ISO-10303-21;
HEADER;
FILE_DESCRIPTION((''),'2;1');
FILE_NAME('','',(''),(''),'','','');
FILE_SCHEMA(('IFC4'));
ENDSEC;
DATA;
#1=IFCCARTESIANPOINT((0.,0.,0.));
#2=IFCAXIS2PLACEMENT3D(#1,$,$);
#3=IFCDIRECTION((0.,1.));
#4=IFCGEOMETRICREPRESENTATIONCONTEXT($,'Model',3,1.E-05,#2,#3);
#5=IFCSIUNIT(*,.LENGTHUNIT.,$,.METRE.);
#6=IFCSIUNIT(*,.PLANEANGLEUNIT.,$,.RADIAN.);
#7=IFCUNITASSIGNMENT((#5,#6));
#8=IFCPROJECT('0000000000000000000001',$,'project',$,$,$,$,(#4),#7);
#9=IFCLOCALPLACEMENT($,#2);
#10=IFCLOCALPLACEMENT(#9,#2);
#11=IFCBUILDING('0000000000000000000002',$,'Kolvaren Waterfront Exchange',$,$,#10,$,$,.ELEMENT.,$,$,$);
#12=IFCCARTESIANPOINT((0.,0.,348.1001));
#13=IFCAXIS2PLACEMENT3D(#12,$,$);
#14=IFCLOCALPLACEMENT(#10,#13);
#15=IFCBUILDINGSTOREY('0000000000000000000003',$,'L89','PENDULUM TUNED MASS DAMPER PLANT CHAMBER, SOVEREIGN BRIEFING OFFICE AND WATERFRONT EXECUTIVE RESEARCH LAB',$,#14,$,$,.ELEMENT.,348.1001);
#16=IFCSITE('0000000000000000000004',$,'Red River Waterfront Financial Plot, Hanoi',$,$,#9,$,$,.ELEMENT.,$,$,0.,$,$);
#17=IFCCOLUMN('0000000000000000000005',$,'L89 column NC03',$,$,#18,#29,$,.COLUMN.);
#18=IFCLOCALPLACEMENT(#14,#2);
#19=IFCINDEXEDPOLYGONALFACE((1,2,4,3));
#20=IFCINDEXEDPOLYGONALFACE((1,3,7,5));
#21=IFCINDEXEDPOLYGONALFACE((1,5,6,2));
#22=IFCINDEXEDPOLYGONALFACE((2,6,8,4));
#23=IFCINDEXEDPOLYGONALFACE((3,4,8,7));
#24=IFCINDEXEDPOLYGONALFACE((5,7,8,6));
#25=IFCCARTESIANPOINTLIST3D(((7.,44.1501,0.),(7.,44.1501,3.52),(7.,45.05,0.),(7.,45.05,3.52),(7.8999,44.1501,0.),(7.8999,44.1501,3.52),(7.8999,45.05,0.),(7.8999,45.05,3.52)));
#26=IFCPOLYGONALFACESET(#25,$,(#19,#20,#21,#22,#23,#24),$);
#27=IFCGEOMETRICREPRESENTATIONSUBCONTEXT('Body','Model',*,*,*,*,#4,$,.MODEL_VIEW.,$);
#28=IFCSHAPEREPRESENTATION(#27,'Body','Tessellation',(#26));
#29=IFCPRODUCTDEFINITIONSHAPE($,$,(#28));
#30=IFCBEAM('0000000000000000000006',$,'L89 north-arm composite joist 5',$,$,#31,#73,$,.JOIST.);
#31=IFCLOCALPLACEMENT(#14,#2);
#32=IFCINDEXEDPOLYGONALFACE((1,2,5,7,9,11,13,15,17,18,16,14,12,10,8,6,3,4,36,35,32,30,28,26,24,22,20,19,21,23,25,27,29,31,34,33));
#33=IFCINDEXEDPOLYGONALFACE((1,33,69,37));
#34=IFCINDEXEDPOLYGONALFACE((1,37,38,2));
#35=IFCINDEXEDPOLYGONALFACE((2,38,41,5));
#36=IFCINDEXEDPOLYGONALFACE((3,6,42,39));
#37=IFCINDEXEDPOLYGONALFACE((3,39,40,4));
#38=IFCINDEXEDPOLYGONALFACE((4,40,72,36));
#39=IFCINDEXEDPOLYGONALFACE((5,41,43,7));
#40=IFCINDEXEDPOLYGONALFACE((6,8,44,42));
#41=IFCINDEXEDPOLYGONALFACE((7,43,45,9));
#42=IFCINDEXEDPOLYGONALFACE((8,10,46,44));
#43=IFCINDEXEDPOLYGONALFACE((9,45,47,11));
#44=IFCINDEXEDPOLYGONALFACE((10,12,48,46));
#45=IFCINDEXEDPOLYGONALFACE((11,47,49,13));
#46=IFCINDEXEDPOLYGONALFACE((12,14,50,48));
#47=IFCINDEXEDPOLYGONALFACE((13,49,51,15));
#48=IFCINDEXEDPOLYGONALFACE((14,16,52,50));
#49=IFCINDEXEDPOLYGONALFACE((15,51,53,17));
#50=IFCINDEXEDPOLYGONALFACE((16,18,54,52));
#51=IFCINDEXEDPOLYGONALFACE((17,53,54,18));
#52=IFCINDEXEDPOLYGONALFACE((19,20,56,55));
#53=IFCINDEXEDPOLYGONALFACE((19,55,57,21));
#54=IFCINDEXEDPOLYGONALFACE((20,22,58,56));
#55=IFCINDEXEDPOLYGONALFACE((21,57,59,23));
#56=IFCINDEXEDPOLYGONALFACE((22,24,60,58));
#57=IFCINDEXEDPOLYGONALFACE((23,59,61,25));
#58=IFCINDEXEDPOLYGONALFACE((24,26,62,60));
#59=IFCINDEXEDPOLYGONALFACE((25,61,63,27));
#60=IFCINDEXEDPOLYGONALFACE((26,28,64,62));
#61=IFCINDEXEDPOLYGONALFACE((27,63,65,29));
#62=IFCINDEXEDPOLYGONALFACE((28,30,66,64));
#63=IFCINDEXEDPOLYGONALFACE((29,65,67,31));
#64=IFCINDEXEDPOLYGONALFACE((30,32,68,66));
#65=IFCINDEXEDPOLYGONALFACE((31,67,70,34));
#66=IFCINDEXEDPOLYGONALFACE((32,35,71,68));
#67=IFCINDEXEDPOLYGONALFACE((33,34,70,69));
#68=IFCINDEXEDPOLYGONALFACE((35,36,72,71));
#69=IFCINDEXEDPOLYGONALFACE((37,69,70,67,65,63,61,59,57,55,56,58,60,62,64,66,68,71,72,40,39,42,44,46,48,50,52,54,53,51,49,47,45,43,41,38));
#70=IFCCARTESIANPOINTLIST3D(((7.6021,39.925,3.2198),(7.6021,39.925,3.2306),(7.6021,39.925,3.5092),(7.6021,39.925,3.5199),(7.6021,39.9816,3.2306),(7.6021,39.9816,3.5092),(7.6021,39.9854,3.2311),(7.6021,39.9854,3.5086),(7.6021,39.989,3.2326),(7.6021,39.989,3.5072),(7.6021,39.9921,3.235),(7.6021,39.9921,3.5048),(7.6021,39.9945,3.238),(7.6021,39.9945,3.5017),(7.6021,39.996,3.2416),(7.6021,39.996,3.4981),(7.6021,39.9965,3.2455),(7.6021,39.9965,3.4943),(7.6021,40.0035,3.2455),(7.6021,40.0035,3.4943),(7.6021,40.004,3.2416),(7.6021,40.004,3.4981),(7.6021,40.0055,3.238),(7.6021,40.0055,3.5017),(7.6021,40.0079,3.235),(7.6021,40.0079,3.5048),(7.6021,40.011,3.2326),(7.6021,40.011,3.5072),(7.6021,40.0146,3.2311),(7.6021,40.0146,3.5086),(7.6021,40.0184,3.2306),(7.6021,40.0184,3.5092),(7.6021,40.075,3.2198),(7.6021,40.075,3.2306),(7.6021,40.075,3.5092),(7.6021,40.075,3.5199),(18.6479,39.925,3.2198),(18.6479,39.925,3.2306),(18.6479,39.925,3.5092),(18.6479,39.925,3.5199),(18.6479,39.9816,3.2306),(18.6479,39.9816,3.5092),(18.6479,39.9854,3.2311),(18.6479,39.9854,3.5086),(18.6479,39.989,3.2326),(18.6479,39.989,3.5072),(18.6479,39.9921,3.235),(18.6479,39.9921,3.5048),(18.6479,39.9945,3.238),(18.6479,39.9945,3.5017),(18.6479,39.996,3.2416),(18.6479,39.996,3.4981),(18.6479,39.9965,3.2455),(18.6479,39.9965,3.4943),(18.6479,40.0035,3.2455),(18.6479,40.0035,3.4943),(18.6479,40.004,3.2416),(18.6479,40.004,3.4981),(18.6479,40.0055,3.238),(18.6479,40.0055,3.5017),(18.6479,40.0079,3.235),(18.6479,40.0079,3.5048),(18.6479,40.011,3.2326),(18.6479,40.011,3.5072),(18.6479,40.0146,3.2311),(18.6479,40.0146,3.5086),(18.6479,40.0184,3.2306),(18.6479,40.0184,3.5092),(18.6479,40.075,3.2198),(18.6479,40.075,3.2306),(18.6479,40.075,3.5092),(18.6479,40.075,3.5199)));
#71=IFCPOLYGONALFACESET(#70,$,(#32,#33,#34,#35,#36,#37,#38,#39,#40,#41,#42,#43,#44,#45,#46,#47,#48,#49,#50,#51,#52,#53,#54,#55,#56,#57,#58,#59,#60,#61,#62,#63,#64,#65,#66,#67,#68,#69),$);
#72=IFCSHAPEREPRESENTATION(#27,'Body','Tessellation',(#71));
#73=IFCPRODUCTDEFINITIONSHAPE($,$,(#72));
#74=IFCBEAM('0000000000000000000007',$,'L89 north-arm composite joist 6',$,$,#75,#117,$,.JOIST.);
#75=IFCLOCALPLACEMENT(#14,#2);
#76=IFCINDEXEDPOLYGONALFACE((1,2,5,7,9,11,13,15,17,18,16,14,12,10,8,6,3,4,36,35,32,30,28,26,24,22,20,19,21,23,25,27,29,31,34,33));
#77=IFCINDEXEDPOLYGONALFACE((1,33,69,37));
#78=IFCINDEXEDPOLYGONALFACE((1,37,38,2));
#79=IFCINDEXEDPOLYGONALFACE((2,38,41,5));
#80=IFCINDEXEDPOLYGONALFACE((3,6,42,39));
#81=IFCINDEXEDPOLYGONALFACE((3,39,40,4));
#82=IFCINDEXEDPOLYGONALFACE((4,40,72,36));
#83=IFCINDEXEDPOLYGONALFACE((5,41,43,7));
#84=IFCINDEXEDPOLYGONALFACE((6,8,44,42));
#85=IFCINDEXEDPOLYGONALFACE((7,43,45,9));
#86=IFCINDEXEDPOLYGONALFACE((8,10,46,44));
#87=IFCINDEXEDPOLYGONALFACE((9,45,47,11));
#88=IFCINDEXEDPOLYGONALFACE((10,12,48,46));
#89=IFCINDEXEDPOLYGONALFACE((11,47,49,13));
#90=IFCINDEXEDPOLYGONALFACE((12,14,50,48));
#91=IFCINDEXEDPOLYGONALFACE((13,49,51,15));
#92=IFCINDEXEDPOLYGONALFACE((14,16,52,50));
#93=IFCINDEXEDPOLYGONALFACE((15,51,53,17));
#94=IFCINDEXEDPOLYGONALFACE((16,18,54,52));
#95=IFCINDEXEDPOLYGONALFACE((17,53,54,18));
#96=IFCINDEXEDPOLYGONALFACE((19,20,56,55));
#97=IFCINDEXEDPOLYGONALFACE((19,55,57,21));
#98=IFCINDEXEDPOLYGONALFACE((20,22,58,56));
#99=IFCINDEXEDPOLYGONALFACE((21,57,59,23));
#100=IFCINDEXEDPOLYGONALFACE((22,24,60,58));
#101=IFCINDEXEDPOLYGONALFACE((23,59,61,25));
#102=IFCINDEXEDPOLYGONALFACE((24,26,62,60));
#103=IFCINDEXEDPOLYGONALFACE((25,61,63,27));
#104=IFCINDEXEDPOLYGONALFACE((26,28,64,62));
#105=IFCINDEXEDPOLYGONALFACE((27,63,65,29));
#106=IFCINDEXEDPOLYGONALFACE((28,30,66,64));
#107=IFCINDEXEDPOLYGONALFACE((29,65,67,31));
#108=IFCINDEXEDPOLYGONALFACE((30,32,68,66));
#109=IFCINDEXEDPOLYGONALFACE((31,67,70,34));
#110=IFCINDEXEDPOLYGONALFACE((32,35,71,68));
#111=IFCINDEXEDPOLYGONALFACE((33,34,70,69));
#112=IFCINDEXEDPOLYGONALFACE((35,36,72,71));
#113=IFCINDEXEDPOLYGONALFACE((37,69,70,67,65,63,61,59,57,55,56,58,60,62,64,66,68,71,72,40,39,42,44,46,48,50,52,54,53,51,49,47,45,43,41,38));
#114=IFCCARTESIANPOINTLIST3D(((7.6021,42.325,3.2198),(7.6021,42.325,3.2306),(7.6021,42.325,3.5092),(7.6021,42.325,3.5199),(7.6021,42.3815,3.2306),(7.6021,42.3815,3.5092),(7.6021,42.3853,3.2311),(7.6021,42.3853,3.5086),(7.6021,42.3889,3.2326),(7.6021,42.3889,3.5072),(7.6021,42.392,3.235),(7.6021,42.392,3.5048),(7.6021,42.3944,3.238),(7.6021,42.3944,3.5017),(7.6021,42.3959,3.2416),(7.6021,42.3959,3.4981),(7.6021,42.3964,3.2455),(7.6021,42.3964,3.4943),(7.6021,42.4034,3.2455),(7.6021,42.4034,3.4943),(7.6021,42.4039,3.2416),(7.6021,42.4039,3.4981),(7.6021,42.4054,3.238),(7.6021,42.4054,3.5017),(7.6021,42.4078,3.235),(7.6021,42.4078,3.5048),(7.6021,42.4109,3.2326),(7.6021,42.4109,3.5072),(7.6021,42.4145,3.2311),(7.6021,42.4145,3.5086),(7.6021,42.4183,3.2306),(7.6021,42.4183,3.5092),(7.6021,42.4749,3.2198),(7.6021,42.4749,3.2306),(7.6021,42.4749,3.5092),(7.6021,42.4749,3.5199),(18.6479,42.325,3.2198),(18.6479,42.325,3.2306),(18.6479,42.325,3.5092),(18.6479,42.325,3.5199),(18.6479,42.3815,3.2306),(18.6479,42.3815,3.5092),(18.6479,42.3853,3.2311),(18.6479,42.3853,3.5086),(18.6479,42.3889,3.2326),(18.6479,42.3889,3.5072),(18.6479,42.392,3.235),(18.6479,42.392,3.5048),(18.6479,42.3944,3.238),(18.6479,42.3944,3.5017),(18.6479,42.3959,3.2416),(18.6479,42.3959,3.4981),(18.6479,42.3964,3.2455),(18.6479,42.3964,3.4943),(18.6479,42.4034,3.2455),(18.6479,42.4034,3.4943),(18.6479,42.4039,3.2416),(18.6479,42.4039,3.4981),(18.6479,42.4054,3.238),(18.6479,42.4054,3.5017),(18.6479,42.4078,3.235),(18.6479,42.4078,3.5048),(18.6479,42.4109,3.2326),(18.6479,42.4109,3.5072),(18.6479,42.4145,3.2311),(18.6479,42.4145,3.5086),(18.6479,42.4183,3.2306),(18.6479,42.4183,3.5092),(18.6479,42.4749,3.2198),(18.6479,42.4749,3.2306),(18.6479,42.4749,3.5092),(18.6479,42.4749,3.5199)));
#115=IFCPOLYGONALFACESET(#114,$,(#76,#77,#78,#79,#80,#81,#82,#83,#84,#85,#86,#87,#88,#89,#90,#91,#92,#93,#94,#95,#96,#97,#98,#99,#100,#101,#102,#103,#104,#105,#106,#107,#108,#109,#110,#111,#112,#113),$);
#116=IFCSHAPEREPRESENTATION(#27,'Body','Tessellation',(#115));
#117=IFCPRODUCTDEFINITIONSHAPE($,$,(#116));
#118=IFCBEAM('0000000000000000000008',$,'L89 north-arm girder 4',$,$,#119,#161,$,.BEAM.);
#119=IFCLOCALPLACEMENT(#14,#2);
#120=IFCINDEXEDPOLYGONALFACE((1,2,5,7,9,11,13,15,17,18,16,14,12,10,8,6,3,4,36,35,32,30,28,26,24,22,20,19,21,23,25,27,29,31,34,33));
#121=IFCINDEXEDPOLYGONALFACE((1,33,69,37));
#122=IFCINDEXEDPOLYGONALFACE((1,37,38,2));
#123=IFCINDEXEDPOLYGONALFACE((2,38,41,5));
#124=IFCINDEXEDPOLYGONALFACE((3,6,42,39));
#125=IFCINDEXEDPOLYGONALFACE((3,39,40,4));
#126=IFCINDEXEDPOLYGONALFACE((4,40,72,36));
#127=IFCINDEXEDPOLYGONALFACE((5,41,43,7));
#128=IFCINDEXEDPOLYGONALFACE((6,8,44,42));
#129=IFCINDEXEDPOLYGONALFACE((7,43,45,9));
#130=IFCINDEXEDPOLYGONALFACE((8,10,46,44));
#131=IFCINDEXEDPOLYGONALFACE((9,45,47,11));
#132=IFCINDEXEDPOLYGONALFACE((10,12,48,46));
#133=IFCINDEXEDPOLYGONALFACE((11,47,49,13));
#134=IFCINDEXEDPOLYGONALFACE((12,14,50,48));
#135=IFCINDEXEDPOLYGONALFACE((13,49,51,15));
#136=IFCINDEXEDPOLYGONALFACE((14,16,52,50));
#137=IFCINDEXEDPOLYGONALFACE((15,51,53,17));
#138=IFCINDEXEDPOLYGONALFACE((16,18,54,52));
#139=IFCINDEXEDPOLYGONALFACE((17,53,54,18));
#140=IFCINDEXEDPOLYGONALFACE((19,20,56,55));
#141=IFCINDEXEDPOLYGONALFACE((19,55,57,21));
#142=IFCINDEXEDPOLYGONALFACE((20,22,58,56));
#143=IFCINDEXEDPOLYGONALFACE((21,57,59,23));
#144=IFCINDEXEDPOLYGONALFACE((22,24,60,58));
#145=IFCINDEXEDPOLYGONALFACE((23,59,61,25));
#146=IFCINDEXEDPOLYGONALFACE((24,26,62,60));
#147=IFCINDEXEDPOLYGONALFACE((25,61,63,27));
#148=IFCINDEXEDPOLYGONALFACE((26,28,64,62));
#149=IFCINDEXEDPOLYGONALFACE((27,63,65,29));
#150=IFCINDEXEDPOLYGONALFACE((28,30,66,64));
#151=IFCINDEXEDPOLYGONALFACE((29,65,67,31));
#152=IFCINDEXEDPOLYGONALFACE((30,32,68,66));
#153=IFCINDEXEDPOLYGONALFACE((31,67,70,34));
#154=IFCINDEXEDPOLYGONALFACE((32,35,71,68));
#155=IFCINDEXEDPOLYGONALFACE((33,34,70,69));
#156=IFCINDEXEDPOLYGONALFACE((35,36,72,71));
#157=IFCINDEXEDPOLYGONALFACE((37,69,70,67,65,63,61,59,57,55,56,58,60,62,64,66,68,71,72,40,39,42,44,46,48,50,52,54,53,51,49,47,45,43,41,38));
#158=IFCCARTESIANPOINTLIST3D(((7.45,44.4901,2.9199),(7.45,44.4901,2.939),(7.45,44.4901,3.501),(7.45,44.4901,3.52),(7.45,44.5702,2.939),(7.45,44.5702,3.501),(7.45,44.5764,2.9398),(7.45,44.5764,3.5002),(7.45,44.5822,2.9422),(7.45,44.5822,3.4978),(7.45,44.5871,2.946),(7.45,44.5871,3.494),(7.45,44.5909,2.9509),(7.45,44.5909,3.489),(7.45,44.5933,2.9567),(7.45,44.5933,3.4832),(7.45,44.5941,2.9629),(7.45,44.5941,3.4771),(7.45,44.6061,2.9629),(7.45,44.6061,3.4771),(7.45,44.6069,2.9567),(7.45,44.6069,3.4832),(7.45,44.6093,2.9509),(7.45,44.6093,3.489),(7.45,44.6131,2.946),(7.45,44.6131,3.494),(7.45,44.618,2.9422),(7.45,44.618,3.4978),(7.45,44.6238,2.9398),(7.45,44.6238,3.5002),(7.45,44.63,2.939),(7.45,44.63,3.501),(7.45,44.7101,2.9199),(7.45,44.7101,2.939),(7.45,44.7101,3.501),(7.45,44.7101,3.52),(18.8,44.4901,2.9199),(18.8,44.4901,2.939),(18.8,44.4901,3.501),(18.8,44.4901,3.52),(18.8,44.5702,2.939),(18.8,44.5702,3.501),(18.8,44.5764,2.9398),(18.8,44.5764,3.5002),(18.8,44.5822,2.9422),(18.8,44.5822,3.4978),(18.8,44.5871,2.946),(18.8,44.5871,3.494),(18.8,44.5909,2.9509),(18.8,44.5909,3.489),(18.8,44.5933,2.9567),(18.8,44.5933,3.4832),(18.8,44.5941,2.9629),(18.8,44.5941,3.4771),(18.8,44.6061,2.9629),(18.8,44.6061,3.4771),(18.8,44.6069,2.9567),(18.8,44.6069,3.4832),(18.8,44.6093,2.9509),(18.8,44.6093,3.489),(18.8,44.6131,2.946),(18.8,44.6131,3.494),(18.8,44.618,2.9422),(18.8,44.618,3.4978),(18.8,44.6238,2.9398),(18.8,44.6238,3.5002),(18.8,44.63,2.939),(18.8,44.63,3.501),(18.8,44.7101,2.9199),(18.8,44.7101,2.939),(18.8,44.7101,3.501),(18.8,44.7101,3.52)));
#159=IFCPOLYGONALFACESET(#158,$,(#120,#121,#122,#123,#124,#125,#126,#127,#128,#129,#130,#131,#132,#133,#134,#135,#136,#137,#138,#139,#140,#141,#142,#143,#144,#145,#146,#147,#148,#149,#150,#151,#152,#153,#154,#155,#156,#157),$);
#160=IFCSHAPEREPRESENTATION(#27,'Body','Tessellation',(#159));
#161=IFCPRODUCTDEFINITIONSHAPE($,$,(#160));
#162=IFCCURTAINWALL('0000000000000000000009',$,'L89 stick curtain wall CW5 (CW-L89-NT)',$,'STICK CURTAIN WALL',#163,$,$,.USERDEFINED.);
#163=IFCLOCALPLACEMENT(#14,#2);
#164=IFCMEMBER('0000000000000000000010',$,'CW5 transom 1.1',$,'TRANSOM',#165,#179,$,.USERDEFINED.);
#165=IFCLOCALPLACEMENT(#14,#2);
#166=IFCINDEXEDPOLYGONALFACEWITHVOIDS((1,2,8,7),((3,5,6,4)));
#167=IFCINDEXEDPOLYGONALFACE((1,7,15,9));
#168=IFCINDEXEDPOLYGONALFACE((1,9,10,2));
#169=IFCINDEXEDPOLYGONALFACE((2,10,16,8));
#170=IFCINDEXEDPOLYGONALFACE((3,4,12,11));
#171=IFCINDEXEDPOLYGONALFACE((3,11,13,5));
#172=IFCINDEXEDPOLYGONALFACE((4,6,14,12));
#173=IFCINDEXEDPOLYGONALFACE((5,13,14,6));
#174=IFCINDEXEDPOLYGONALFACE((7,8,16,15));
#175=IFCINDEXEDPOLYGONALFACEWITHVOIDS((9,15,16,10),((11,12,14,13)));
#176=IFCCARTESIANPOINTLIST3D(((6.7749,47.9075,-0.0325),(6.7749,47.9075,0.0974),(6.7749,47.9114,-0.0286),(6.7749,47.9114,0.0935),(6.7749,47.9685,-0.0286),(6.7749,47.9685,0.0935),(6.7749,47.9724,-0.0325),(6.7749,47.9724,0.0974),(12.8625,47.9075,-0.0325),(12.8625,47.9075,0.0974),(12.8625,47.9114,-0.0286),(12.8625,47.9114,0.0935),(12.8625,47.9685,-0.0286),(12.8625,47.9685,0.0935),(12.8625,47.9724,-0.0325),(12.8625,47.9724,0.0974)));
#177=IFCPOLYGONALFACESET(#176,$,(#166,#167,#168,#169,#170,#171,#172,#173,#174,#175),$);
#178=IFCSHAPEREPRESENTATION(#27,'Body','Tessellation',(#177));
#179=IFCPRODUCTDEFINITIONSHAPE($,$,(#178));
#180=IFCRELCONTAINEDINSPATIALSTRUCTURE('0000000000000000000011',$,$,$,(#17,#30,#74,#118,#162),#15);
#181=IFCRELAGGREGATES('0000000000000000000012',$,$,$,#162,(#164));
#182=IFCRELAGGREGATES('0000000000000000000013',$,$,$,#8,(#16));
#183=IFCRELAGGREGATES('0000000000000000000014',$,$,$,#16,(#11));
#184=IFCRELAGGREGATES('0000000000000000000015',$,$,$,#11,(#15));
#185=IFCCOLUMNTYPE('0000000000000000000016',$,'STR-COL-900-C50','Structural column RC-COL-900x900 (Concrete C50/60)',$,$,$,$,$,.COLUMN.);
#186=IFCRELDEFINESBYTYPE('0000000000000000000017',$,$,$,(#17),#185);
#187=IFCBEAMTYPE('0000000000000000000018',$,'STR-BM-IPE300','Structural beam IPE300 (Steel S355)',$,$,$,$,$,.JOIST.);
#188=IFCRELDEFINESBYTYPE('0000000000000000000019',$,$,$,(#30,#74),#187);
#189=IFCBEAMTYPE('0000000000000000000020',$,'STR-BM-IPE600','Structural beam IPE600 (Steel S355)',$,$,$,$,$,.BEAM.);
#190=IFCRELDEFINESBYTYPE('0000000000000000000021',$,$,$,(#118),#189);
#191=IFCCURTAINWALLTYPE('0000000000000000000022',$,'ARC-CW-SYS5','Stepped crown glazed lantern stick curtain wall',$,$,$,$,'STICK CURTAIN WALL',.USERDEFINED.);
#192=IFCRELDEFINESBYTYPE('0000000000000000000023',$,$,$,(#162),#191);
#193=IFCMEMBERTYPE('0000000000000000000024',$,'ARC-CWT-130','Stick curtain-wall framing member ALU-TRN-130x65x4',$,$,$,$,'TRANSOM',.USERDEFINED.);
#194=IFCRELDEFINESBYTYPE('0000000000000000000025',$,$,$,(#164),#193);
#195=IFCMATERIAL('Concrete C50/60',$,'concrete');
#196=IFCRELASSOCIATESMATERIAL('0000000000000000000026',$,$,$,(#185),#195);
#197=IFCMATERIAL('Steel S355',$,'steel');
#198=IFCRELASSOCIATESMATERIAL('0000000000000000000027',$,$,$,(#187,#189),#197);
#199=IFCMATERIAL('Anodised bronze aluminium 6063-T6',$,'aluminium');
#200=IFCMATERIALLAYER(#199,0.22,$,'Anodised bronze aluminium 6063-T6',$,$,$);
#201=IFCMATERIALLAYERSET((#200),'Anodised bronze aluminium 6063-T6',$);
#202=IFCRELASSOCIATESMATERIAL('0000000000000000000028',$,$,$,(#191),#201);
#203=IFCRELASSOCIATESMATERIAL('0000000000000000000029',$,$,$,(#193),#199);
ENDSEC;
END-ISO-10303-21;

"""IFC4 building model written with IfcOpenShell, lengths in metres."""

from ifc_helpers import new_model, si_unit, direction, frame, origin, origin_with_axes, origin_2d, place, context, subcontext, project, spatial, rectangle, hollow_rectangle, i_section, extrude, source, transform, mapped, material, layer, layer_set, material_profile, profile_set, type_object, element, aggregate, save


model = new_model("IFC4")

# Units and contexts
model_context = context("Model", 3, precision=1e-05, world=origin(), true_north=direction((0.0, 1.0)))
body_context = subcontext(model_context, "Body", "Model", "MODEL_VIEW")
ifc_project = project(units=[si_unit("LENGTHUNIT", "METRE"), si_unit("PLANEANGLEUNIT", "RADIAN")], contexts=[model_context])

# Site, building, storey
site_placement = place(None, origin())
site = spatial("IfcSite", under=ifc_project, at=site_placement, Name="Red River Waterfront Financial Plot, Hanoi", CompositionType="ELEMENT", RefElevation=0.0)
building_placement = place(site_placement, origin())
building = spatial("IfcBuilding", under=site, at=building_placement, Name="Kolvaren Waterfront Exchange", CompositionType="ELEMENT")
storey_placement = place(building_placement, frame((0.0, 0.0, 348.1001)))
storey = spatial("IfcBuildingStorey", under=building, at=storey_placement, Name="L89", Description="PENDULUM TUNED MASS DAMPER PLANT CHAMBER, SOVEREIGN BRIEFING OFFICE AND WATERFRONT EXECUTIVE RESEARCH LAB", CompositionType="ELEMENT", Elevation=348.1001)

# Column
ifc_material_1 = material(Name="Concrete C50/60", Category="concrete")
ifc_material_profile_1 = material_profile(ifc_material_1, rectangle(XDim=0.8999, YDim=0.8999, at=origin_2d()), Name="RC-COL-900x900")
ifc_profile_set_1 = profile_set([ifc_material_profile_1], Name="Concrete C50/60")
column_type = type_object("IfcColumnType", Name="STR-COL-900-C50", Description="Structural column RC-COL-900x900 (Concrete C50/60)", PredefinedType="COLUMN", material=ifc_profile_set_1)
column_placement = place(storey_placement, frame((7.45, 44.6001, 0.0), z_axis=(0.0, 0.0, 1.0), x_axis=(1.0, 0.0, 0.0)))
element("IfcColumn", 1, at=column_placement, inside=storey, type_object=column_type, Name="L89 column NC03", PredefinedType="COLUMN", context=body_context, shape_type="SweptSolid", body=[
    extrude(rectangle(XDim=0.8999, YDim=0.8999, at=origin_2d()), origin(), (0.0, 0.0, 1.0), 3.52),
])

# Beams
ifc_material_2 = material(Name="Steel S355", Category="steel")
ifc_material_profile_2 = material_profile(ifc_material_2, i_section(OverallWidth=0.1499, OverallDepth=0.3, WebThickness=0.0071, FlangeThickness=0.0107, FilletRadius=0.0149, at=origin_2d()), Name="IPE300")
ifc_profile_set_2 = profile_set([ifc_material_profile_2], Name="Steel S355")
beam_type_1 = type_object("IfcBeamType", Name="STR-BM-IPE300", Description="Structural beam IPE300 (Steel S355)", PredefinedType="JOIST", material=ifc_profile_set_2)
for number, where, z_axis, x_axis, name in (
    (2, (7.6021, 40.0, 3.3699), (1.0, 0.0, 0.0), (0.0, 1.0, 0.0), "L89 north-arm composite joist 5"),
    (3, (7.6021, 42.3999, 3.3699), (1.0, 0.0, 0.0), (0.0, 1.0, 0.0), "L89 north-arm composite joist 6"),
):
    element("IfcBeam", number, at=place(storey_placement, frame(where, z_axis=z_axis, x_axis=x_axis)), inside=storey, type_object=beam_type_1, Name=name, PredefinedType="JOIST", context=body_context, shape_type="SweptSolid", body=[
        extrude(i_section(OverallWidth=0.1499, OverallDepth=0.3, WebThickness=0.0071, FlangeThickness=0.0107, FilletRadius=0.0149, at=origin_2d()), origin(), (0.0, 0.0, 1.0), 11.0459),
    ])
ifc_material_profile_3 = material_profile(ifc_material_2, i_section(OverallWidth=0.22, OverallDepth=0.6001, WebThickness=0.012, FlangeThickness=0.019, FilletRadius=0.0239, at=origin_2d()), Name="IPE600")
ifc_profile_set_3 = profile_set([ifc_material_profile_3], Name="Steel S355")
beam_type_2 = type_object("IfcBeamType", Name="STR-BM-IPE600", Description="Structural beam IPE600 (Steel S355)", PredefinedType="BEAM", material=ifc_profile_set_3)
beam_placement = place(storey_placement, frame((7.45, 44.6001, 3.22), z_axis=(1.0, 0.0, 0.0), x_axis=(0.0, 1.0, 0.0)))
element("IfcBeam", 4, at=beam_placement, inside=storey, type_object=beam_type_2, Name="L89 north-arm girder 4", PredefinedType="BEAM", context=body_context, shape_type="SweptSolid", body=[
    extrude(i_section(OverallWidth=0.22, OverallDepth=0.6001, WebThickness=0.012, FlangeThickness=0.019, FilletRadius=0.0239, at=origin_2d()), origin(), (0.0, 0.0, 1.0), 11.3501),
])

# Curtain wall, member
ifc_material_3 = material(Name="Anodised bronze aluminium 6063-T6", Category="aluminium")
ifc_layer_1 = layer(ifc_material_3, 0.22, Name="Anodised bronze aluminium 6063-T6")
ifc_layer_set_1 = layer_set([ifc_layer_1], Name="Anodised bronze aluminium 6063-T6")
curtain_wall_type = type_object("IfcCurtainWallType", Name="ARC-CW-SYS5", Description="Stepped crown glazed lantern stick curtain wall", ElementType="STICK CURTAIN WALL", PredefinedType="USERDEFINED", material=ifc_layer_set_1)
curtain_wall_1_placement = place(storey_placement, origin())
curtain_wall_1 = element("IfcCurtainWall", 5, at=curtain_wall_1_placement, inside=storey, type_object=curtain_wall_type, Name="L89 stick curtain wall CW5 (CW-L89-NT)", ObjectType="STICK CURTAIN WALL", PredefinedType="USERDEFINED")
ifc_material_profile_4 = material_profile(ifc_material_3, hollow_rectangle(XDim=0.0649, YDim=0.1299, WallThickness=0.0039, at=origin_2d()), Name="ALU-TRN-130x65x4")
ifc_profile_set_4 = profile_set([ifc_material_profile_4], Name="Anodised bronze aluminium 6063-T6")
member_type_1 = type_object("IfcMemberType", Name="ARC-CWT-130", Description="Stick curtain-wall framing member ALU-TRN-130x65x4", ElementType="TRANSOM", PredefinedType="USERDEFINED", material=ifc_profile_set_4)
shared_shape_1 = source(origin_with_axes(), body_context, "Body", "SweptSolid", [
    extrude(hollow_rectangle(XDim=0.0649, YDim=0.1299, WallThickness=0.0039, at=origin_2d()), origin(), (0.0, 0.0, 1.0), 6.0876),
])
member_1_placement = place(storey_placement, frame((6.7749, 47.9399, 0.0325), z_axis=(1.0, 0.0, 0.0), x_axis=(0.0, 1.0, 0.0)))
member_1 = element("IfcMember", 6, at=member_1_placement, type_object=member_type_1, Name="CW5 transom 1.1", ObjectType="TRANSOM", PredefinedType="USERDEFINED", context=body_context, shape_type="MappedRepresentation", body=[
    mapped(shared_shape_1, transform((0.0, 0.0, 0.0), x_axis=(1.0, 0.0, 0.0), y_axis=(0.0, 1.0, 0.0), z_axis=(0.0, 0.0, 1.0), scale=1.0)),
])

aggregate(curtain_wall_1, [member_1])

save(model, "model.ifc")
